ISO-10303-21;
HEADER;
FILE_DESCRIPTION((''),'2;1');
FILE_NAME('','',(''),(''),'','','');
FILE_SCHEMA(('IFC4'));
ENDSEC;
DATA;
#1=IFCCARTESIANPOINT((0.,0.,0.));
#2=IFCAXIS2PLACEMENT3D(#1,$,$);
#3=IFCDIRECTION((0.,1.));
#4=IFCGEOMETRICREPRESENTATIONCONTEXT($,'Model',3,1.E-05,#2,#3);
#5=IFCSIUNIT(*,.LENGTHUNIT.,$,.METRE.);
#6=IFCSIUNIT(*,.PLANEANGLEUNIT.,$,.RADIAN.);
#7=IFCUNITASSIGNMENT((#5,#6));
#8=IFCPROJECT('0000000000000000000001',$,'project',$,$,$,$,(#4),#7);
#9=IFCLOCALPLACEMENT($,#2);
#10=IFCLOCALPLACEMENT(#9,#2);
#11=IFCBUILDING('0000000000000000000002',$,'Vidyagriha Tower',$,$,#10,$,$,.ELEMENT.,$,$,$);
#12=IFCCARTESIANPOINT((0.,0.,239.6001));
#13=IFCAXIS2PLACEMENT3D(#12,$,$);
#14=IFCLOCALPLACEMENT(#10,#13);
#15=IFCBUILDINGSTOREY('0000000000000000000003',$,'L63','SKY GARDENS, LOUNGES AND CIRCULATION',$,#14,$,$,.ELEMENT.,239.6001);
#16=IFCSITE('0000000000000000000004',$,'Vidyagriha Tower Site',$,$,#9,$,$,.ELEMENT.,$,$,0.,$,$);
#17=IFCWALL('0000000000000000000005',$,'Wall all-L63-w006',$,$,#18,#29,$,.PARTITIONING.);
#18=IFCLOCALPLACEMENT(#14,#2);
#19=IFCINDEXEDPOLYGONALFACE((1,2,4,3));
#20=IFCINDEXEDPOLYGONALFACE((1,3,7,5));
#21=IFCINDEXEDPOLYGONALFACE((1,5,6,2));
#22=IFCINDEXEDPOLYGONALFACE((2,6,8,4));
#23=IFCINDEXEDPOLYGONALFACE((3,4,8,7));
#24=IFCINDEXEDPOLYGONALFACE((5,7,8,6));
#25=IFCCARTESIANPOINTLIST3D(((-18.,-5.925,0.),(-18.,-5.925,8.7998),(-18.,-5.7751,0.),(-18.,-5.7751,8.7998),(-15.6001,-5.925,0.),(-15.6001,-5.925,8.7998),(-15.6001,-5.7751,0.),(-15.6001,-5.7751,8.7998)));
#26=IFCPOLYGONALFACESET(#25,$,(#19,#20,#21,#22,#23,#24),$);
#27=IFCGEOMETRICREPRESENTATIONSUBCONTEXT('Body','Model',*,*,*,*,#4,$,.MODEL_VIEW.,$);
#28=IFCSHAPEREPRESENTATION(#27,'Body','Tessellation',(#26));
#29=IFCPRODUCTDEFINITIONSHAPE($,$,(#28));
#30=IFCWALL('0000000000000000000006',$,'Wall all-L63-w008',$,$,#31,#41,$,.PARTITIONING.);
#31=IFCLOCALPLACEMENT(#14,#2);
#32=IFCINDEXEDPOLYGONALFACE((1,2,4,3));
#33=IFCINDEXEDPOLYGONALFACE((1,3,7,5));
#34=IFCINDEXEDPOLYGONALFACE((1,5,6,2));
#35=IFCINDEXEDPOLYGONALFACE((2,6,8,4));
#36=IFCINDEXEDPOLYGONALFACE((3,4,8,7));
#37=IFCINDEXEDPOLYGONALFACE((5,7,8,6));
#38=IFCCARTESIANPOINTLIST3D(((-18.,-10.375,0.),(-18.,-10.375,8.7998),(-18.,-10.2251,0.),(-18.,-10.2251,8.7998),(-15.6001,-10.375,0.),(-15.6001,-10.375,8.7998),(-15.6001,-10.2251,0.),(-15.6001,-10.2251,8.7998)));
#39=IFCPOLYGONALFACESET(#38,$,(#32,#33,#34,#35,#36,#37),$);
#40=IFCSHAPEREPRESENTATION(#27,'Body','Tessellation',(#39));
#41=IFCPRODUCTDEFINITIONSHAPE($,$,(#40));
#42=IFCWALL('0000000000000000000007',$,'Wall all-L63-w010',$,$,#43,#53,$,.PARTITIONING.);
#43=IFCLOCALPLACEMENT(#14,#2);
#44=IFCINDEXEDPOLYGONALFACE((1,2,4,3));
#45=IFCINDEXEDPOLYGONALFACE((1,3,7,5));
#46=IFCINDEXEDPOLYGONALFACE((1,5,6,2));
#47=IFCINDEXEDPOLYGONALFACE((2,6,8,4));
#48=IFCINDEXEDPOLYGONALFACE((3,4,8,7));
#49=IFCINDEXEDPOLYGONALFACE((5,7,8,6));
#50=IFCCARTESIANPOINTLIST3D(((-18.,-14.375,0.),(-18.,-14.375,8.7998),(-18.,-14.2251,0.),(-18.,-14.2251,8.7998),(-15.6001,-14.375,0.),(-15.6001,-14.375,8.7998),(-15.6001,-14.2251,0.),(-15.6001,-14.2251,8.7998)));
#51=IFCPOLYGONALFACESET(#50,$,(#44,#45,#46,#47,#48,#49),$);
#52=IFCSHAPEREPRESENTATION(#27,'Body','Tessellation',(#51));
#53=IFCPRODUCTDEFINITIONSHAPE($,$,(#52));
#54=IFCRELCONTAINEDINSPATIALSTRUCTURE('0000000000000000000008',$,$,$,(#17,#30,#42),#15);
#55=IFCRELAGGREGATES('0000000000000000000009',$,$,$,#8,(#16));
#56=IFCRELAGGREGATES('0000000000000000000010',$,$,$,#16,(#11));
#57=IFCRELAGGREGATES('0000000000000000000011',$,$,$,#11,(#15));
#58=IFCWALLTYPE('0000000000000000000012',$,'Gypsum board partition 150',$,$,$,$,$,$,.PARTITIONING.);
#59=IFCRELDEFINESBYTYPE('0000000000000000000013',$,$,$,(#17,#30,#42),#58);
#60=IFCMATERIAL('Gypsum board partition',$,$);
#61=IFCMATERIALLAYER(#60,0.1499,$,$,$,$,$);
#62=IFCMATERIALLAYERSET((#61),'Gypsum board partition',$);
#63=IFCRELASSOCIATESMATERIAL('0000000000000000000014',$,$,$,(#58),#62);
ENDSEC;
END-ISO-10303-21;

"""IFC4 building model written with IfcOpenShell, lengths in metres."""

from ifc_helpers import new_model, si_unit, direction, frame, frame_2d, origin, place, context, subcontext, project, spatial, rectangle, extrude, material, layer, layer_set, type_object, element, save


model = new_model("IFC4")

# Units and contexts
model_context = context("Model", 3, precision=1e-05, world=origin(), true_north=direction((0.0, 1.0)))
body_context = subcontext(model_context, "Body", "Model", "MODEL_VIEW")
ifc_project = project(units=[si_unit("LENGTHUNIT", "METRE"), si_unit("PLANEANGLEUNIT", "RADIAN")], contexts=[model_context])

# Site, building, storey
site_placement = place(None, origin())
site = spatial("IfcSite", under=ifc_project, at=site_placement, Name="Vidyagriha Tower Site", CompositionType="ELEMENT", RefElevation=0.0)
building_placement = place(site_placement, origin())
building = spatial("IfcBuilding", under=site, at=building_placement, Name="Vidyagriha Tower", CompositionType="ELEMENT")
storey_placement = place(building_placement, frame((0.0, 0.0, 239.6001)))
storey = spatial("IfcBuildingStorey", under=building, at=storey_placement, Name="L63", Description="SKY GARDENS, LOUNGES AND CIRCULATION", CompositionType="ELEMENT", Elevation=239.6001)

# Walls
ifc_material_1 = material(Name="Gypsum board partition")
ifc_layer_1 = layer(ifc_material_1, 0.1499)
ifc_layer_set_1 = layer_set([ifc_layer_1], Name="Gypsum board partition")
wall_type_1 = type_object("IfcWallType", Name="Gypsum board partition 150", PredefinedType="PARTITIONING", material=ifc_layer_set_1)
for number, where, z_axis, x_axis, name in (
    (1, (-15.6001, -5.8501, 0.0), (0.0, 0.0, 1.0), (-1.0, 0.0, 0.0), "Wall all-L63-w006"),
    (2, (-15.6001, -10.3, 0.0), (0.0, 0.0, 1.0), (-1.0, 0.0, 0.0), "Wall all-L63-w008"),
    (3, (-15.6001, -14.3, 0.0), (0.0, 0.0, 1.0), (-1.0, 0.0, 0.0), "Wall all-L63-w010"),
):
    element("IfcWall", number, at=place(storey_placement, frame(where, z_axis=z_axis, x_axis=x_axis)), inside=storey, type_object=wall_type_1, Name=name, PredefinedType="PARTITIONING", context=body_context, shape_type="SweptSolid", body=[
        extrude(rectangle(XDim=2.3999, YDim=0.1499, at=frame_2d((1.2, 0.0))), origin(), (0.0, 0.0, 1.0), 8.7998),
    ])

save(model, "model.ifc")
